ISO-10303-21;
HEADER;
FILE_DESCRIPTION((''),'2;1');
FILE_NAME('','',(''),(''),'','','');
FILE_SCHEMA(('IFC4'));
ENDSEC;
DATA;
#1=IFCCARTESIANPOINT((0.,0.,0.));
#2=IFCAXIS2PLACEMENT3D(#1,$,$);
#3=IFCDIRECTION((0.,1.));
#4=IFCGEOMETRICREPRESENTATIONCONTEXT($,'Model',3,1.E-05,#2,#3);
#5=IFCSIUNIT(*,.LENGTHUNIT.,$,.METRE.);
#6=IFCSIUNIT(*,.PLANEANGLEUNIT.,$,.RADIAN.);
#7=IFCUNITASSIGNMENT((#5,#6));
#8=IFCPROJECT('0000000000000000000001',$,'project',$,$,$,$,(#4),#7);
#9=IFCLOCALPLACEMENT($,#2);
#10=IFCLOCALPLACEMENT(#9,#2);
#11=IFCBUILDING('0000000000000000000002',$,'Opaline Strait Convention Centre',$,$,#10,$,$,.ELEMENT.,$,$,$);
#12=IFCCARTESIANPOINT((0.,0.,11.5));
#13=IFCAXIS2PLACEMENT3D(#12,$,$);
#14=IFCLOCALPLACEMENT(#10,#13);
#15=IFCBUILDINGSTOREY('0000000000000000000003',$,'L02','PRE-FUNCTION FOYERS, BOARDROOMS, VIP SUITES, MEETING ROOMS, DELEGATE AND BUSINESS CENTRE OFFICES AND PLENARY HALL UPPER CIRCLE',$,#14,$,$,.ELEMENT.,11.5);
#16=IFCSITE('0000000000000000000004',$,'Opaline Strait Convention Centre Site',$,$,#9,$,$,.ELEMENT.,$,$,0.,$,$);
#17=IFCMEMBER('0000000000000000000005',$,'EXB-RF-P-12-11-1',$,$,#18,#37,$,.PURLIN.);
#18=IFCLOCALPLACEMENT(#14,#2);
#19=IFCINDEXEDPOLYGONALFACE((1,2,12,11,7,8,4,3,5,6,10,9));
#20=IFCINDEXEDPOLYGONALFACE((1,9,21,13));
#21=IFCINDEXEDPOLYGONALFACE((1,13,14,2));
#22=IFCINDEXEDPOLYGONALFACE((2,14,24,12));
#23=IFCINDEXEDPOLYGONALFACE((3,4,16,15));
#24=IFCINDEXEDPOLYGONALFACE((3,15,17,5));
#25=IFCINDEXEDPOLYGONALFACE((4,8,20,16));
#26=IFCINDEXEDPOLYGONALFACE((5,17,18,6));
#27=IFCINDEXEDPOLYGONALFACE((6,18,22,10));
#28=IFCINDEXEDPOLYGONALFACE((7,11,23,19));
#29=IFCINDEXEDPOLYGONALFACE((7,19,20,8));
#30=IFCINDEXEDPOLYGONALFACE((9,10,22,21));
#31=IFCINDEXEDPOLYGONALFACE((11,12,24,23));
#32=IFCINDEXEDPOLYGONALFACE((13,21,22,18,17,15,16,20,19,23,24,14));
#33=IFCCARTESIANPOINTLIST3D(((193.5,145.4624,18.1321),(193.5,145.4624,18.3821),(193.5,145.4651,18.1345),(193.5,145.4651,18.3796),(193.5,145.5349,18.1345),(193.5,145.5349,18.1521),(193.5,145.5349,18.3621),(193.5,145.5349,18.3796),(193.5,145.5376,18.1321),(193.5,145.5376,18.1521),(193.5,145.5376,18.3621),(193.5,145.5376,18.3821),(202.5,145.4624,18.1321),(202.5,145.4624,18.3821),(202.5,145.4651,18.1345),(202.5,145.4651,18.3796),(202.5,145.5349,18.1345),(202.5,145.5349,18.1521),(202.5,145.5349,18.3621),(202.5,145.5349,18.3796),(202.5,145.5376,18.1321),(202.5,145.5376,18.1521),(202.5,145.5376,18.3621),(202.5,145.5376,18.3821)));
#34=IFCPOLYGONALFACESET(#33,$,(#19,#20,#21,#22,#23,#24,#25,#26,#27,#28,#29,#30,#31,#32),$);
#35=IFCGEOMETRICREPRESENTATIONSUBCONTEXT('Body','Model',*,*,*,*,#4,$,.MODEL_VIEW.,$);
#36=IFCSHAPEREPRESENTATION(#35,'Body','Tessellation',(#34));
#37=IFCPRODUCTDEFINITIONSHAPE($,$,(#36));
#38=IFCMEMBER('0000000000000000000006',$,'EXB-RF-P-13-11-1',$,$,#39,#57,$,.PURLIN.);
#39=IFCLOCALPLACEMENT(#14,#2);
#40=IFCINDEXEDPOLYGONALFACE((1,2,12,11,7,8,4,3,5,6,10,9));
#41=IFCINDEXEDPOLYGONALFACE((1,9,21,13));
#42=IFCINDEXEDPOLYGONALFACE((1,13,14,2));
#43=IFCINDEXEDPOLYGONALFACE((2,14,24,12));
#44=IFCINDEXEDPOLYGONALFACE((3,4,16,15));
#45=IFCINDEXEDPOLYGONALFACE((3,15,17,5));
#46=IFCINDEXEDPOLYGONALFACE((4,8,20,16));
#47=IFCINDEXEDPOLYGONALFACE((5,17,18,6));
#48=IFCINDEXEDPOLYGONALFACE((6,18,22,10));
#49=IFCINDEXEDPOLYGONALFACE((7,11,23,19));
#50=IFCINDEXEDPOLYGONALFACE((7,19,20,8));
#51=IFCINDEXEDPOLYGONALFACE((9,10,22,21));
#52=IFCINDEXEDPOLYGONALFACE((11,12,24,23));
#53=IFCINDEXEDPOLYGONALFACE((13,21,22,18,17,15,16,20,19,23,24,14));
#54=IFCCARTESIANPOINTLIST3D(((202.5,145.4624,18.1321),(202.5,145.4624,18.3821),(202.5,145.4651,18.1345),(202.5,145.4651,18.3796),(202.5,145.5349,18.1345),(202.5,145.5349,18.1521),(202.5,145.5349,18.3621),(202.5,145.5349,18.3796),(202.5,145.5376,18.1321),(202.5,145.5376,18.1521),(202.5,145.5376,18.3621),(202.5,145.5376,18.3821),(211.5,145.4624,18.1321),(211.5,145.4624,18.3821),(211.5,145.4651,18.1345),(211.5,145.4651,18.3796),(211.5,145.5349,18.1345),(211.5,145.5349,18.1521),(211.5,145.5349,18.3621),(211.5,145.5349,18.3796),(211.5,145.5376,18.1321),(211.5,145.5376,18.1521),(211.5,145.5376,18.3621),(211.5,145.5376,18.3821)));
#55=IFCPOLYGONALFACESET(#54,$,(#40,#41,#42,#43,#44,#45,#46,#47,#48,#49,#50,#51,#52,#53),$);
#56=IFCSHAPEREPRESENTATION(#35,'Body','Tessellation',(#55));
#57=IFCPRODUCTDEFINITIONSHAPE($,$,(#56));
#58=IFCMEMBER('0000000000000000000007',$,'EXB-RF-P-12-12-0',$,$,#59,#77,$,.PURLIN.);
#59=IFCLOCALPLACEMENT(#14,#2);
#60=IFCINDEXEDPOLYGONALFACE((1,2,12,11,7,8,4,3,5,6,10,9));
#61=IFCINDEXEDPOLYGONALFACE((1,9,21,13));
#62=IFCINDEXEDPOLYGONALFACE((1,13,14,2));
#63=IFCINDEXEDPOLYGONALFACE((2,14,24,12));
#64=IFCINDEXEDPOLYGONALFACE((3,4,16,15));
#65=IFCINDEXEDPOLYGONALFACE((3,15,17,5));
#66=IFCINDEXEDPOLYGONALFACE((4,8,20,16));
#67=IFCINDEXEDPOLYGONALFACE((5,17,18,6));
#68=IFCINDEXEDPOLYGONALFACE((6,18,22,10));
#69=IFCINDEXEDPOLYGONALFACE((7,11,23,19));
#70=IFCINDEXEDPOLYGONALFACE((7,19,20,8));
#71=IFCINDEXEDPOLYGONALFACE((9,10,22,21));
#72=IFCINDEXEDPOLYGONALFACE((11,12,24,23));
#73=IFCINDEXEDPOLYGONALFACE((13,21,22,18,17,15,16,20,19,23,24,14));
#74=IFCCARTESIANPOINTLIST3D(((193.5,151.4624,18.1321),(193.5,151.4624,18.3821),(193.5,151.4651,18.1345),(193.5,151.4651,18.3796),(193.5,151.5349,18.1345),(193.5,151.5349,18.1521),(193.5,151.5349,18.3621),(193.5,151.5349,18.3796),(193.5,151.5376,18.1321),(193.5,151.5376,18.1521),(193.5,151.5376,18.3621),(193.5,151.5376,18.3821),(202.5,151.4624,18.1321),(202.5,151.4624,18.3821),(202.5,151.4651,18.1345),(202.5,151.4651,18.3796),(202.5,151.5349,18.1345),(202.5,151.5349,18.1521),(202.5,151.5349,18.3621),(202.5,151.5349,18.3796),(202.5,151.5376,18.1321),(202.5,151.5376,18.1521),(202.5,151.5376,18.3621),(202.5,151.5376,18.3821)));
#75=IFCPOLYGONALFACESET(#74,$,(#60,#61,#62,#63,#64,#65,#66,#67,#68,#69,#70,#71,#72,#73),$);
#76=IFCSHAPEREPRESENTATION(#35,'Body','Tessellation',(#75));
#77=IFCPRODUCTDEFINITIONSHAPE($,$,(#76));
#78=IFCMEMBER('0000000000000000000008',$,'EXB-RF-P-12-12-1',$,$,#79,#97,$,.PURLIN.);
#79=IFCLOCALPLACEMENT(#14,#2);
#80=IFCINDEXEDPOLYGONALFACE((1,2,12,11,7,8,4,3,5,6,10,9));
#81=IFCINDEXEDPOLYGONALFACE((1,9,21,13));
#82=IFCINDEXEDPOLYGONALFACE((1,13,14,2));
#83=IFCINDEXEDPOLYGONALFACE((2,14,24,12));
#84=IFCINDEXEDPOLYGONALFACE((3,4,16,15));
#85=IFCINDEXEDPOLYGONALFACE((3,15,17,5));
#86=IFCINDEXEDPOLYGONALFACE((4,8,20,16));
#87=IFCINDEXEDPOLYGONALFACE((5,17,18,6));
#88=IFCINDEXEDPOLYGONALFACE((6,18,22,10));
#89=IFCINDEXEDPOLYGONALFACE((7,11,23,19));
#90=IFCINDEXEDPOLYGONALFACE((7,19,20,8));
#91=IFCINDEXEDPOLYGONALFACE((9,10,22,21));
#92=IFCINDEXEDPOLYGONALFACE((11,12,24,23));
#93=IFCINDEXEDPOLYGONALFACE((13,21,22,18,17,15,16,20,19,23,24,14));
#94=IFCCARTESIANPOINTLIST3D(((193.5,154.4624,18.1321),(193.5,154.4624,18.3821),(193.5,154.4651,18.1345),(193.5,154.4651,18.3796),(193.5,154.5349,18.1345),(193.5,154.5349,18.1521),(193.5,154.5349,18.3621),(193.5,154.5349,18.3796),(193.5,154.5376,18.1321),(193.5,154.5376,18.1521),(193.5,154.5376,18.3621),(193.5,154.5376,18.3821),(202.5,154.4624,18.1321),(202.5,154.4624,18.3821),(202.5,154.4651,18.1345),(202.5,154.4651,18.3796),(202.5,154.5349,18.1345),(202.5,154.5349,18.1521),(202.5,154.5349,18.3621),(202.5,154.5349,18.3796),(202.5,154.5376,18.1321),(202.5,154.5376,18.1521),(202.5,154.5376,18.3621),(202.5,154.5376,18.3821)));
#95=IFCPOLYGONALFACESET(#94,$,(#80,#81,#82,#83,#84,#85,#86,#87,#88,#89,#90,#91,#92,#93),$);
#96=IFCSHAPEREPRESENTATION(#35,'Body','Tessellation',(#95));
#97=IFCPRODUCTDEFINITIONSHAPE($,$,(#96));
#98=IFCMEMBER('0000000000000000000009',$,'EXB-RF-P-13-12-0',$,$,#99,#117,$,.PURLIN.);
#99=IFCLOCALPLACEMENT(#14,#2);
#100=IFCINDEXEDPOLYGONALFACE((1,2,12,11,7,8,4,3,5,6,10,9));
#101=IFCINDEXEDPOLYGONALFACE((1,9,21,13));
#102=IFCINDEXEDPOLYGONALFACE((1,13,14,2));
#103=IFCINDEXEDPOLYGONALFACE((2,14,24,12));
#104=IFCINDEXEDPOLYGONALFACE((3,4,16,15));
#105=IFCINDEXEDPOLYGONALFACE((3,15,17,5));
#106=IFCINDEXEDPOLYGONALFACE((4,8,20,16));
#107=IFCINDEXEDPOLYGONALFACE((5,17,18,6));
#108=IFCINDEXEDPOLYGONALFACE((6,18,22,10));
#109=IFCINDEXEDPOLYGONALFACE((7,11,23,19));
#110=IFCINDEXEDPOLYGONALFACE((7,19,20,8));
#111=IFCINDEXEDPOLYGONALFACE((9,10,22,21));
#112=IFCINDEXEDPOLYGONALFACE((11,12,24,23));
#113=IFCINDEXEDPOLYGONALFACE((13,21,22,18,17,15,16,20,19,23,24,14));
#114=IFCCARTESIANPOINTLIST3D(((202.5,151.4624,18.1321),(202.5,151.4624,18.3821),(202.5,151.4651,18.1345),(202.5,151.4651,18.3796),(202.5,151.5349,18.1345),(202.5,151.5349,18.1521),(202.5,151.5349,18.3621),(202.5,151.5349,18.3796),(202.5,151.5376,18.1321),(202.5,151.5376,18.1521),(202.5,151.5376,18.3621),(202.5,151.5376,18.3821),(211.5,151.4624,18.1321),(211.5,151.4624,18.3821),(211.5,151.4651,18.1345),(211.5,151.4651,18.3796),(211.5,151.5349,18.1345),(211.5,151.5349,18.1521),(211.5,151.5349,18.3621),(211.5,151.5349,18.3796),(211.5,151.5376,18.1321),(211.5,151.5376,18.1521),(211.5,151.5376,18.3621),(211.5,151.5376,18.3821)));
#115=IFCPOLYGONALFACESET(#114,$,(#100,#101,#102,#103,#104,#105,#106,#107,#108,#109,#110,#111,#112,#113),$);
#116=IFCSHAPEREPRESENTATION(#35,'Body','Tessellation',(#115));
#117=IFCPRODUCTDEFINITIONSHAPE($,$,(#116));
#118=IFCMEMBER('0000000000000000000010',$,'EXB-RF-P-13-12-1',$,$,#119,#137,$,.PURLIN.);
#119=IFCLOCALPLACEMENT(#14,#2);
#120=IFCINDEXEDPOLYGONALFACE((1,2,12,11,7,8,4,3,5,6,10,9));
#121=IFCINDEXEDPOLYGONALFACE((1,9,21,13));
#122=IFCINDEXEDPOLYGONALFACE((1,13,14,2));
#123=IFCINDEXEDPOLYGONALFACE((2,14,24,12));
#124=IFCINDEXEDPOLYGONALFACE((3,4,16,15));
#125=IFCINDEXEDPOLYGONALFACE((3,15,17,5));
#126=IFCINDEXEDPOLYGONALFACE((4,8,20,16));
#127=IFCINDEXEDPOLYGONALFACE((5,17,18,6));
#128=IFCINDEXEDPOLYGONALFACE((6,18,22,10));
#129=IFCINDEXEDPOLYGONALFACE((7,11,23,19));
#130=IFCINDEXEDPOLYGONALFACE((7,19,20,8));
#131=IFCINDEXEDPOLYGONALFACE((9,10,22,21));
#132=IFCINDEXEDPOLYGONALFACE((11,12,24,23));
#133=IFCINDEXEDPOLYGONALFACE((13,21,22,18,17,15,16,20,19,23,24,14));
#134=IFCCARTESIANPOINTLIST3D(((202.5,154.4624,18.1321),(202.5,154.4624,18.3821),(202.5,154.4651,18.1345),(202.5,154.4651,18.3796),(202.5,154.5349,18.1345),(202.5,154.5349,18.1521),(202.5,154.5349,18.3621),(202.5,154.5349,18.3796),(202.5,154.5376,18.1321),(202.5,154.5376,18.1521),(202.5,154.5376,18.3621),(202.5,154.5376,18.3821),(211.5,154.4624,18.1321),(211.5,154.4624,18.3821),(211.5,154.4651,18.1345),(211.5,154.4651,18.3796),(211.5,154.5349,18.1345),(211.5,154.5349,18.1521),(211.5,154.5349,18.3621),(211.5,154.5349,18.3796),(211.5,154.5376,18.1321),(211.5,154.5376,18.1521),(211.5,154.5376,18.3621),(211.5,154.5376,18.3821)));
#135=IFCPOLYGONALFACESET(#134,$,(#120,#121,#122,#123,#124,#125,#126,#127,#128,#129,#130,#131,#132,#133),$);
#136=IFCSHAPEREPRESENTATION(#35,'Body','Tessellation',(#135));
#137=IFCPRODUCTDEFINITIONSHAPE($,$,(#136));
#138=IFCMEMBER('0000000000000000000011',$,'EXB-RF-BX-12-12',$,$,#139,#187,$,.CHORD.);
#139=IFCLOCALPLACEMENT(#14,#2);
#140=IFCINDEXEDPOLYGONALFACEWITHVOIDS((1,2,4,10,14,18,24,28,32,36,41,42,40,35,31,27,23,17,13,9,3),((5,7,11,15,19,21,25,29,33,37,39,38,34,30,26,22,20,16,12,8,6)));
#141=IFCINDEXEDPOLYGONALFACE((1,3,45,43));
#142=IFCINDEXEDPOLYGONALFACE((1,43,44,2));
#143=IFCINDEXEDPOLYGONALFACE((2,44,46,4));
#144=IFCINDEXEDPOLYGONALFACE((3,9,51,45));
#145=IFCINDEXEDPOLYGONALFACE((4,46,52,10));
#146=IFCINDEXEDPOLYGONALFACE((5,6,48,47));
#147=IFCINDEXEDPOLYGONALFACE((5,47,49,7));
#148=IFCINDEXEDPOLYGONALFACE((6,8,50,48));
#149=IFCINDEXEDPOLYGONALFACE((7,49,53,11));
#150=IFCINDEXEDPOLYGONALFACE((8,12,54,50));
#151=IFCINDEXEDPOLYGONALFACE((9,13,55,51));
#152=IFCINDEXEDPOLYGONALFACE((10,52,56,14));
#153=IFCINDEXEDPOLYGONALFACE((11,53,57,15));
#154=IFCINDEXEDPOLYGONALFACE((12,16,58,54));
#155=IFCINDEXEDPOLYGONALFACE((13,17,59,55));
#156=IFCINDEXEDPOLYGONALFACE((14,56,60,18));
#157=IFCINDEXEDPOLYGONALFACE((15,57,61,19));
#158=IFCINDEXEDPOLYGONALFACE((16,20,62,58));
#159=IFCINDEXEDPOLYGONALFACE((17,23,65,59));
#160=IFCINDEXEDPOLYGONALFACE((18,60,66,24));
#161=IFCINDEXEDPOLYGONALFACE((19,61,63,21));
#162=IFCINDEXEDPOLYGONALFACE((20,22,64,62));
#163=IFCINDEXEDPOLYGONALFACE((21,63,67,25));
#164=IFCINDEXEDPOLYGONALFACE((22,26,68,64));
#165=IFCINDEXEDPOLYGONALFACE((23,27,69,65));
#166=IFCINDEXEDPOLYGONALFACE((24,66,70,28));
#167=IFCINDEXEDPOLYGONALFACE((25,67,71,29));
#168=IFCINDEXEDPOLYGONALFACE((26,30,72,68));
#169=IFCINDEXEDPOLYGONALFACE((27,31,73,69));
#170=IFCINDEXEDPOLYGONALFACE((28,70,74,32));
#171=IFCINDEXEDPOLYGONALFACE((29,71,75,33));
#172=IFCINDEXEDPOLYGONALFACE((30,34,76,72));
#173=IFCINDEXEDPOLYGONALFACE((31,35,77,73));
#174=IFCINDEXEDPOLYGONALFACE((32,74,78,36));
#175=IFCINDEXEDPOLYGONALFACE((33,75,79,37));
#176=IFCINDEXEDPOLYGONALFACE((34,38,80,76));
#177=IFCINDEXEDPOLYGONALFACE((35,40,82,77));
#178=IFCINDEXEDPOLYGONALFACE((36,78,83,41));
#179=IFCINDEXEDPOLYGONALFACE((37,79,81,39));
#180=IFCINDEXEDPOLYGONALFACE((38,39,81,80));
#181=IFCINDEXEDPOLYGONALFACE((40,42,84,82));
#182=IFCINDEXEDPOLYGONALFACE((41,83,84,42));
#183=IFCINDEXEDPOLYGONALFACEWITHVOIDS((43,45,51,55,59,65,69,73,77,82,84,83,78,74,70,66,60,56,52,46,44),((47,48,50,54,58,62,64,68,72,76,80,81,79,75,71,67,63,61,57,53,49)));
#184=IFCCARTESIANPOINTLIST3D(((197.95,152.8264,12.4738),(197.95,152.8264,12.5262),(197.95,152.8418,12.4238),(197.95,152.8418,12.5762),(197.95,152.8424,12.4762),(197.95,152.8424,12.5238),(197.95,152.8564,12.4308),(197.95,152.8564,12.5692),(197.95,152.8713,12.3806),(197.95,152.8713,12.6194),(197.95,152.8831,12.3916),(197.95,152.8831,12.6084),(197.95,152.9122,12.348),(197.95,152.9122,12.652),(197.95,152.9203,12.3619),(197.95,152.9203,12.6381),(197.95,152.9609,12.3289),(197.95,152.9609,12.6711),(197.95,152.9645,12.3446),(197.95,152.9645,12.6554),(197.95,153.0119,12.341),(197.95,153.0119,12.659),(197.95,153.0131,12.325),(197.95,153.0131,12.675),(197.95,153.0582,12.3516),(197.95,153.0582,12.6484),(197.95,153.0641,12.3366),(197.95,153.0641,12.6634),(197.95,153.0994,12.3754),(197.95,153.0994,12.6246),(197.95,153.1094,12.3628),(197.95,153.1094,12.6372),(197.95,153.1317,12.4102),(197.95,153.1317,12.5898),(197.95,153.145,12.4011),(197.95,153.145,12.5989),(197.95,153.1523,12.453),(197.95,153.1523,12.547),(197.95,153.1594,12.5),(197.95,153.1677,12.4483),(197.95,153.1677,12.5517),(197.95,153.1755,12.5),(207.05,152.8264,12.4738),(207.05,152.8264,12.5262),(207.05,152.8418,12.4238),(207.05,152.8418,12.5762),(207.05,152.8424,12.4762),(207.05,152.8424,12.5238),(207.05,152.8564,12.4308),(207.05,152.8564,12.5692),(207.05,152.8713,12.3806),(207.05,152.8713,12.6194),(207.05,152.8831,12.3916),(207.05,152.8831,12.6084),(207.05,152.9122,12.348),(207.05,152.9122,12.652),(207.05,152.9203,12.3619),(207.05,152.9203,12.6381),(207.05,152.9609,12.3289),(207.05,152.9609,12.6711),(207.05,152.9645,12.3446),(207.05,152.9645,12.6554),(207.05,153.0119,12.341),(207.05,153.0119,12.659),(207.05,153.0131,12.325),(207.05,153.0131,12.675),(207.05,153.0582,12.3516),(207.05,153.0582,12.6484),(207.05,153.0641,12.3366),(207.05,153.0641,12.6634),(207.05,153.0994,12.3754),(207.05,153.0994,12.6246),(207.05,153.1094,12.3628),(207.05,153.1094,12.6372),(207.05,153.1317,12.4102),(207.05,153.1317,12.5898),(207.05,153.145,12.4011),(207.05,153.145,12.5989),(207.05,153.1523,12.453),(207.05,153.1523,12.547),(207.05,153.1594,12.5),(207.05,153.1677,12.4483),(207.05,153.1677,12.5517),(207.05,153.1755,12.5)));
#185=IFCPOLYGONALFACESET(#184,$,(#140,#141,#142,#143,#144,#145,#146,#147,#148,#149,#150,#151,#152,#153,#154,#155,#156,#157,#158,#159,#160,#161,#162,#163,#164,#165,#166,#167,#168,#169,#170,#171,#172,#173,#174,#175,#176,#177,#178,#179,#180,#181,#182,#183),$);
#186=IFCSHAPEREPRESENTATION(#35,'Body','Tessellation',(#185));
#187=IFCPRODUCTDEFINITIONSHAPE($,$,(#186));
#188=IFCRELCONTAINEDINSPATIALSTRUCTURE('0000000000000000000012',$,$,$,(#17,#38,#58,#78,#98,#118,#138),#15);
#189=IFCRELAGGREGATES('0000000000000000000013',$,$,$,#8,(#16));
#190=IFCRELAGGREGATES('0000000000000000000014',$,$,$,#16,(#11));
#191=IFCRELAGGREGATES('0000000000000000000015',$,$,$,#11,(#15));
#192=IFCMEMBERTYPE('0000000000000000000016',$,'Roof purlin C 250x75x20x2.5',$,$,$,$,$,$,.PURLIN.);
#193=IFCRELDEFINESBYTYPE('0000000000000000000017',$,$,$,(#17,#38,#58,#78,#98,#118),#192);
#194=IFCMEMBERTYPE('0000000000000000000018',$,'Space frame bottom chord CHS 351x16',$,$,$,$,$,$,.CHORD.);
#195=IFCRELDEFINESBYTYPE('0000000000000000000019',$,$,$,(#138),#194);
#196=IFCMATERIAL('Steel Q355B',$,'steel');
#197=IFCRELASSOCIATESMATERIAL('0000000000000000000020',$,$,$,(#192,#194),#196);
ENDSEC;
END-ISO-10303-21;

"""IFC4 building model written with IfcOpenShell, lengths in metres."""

from ifc_helpers import new_model, si_unit, direction, frame, origin, origin_2d, place, context, subcontext, project, spatial, polyline, hollow_circle, outline, extrude, material, material_profile, profile_set, type_object, element, save


model = new_model("IFC4")

# Units and contexts
model_context = context("Model", 3, precision=1e-05, world=origin(), true_north=direction((0.0, 1.0)))
body_context = subcontext(model_context, "Body", "Model", "MODEL_VIEW")
ifc_project = project(units=[si_unit("LENGTHUNIT", "METRE"), si_unit("PLANEANGLEUNIT", "RADIAN")], contexts=[model_context])

# Site, building, storey
site_placement = place(None, origin())
site = spatial("IfcSite", under=ifc_project, at=site_placement, Name="Opaline Strait Convention Centre Site", CompositionType="ELEMENT", RefElevation=0.0)
building_placement = place(site_placement, origin())
building = spatial("IfcBuilding", under=site, at=building_placement, Name="Opaline Strait Convention Centre", CompositionType="ELEMENT")
storey_placement = place(building_placement, frame((0.0, 0.0, 11.5)))
storey = spatial("IfcBuildingStorey", under=building, at=storey_placement, Name="L02", Description="PRE-FUNCTION FOYERS, BOARDROOMS, VIP SUITES, MEETING ROOMS, DELEGATE AND BUSINESS CENTRE OFFICES AND PLENARY HALL UPPER CIRCLE", CompositionType="ELEMENT", Elevation=11.5)

# Members
ifc_material_1 = material(Name="Steel Q355B", Category="steel")
ifc_material_profile_1 = material_profile(ifc_material_1, outline(polyline([(-0.0376, -0.125), (0.0376, -0.125), (0.0376, -0.105), (0.0349, -0.105), (0.0349, -0.1226), (-0.0349, -0.1226), (-0.0349, 0.1226), (0.0349, 0.1226), (0.0349, 0.105), (0.0376, 0.105), (0.0376, 0.125), (-0.0376, 0.125), (-0.0376, -0.125)])), Name="C 250x75x20x2.5")
ifc_profile_set_1 = profile_set([ifc_material_profile_1], Name="Steel Q355B")
member_type_1 = type_object("IfcMemberType", Name="Roof purlin C 250x75x20x2.5", PredefinedType="PURLIN", material=ifc_profile_set_1)
for number, where, z_axis, x_axis, name in (
    (1, (193.5, 145.5, 18.2571), (1.0, 0.0, 0.0), (0.0, 1.0, 0.0), "EXB-RF-P-12-11-1"),
    (2, (202.5, 145.5, 18.2571), (1.0, 0.0, 0.0), (0.0, 1.0, 0.0), "EXB-RF-P-13-11-1"),
    (3, (193.5, 151.5, 18.2571), (1.0, 0.0, 0.0), (0.0, 1.0, 0.0), "EXB-RF-P-12-12-0"),
    (4, (193.5, 154.5, 18.2571), (1.0, 0.0, 0.0), (0.0, 1.0, 0.0), "EXB-RF-P-12-12-1"),
    (5, (202.5, 151.5, 18.2571), (1.0, 0.0, 0.0), (0.0, 1.0, 0.0), "EXB-RF-P-13-12-0"),
    (6, (202.5, 154.5, 18.2571), (1.0, 0.0, 0.0), (0.0, 1.0, 0.0), "EXB-RF-P-13-12-1"),
):
    element("IfcMember", number, at=place(storey_placement, frame(where, z_axis=z_axis, x_axis=x_axis)), inside=storey, type_object=member_type_1, Name=name, PredefinedType="PURLIN", context=body_context, shape_type="SweptSolid", body=[
        extrude(outline(polyline([(-0.0376, -0.125), (0.0376, -0.125), (0.0376, -0.105), (0.0349, -0.105), (0.0349, -0.1226), (-0.0349, -0.1226), (-0.0349, 0.1226), (0.0349, 0.1226), (0.0349, 0.105), (0.0376, 0.105), (0.0376, 0.125), (-0.0376, 0.125), (-0.0376, -0.125)])), origin(), (0.0, 0.0, 1.0), 9.0),
    ])
ifc_material_profile_2 = material_profile(ifc_material_1, hollow_circle(Radius=0.1755, WallThickness=0.0161, at=origin_2d()), Name="CHS 351x16")
ifc_profile_set_2 = profile_set([ifc_material_profile_2], Name="Steel Q355B")
member_type_2 = type_object("IfcMemberType", Name="Space frame bottom chord CHS 351x16", PredefinedType="CHORD", material=ifc_profile_set_2)
for number, where, z_axis, x_axis, name in (
    (7, (197.95, 153.0, 12.5), (1.0, 0.0, 0.0), (0.0, 1.0, 0.0), "EXB-RF-BX-12-12"),
):
    element("IfcMember", number, at=place(storey_placement, frame(where, z_axis=z_axis, x_axis=x_axis)), inside=storey, type_object=member_type_2, Name=name, PredefinedType="CHORD", context=body_context, shape_type="SweptSolid", body=[
        extrude(hollow_circle(Radius=0.1755, WallThickness=0.0161, at=origin_2d()), origin(), (0.0, 0.0, 1.0), 9.1001),
    ])

save(model, "model.ifc")
